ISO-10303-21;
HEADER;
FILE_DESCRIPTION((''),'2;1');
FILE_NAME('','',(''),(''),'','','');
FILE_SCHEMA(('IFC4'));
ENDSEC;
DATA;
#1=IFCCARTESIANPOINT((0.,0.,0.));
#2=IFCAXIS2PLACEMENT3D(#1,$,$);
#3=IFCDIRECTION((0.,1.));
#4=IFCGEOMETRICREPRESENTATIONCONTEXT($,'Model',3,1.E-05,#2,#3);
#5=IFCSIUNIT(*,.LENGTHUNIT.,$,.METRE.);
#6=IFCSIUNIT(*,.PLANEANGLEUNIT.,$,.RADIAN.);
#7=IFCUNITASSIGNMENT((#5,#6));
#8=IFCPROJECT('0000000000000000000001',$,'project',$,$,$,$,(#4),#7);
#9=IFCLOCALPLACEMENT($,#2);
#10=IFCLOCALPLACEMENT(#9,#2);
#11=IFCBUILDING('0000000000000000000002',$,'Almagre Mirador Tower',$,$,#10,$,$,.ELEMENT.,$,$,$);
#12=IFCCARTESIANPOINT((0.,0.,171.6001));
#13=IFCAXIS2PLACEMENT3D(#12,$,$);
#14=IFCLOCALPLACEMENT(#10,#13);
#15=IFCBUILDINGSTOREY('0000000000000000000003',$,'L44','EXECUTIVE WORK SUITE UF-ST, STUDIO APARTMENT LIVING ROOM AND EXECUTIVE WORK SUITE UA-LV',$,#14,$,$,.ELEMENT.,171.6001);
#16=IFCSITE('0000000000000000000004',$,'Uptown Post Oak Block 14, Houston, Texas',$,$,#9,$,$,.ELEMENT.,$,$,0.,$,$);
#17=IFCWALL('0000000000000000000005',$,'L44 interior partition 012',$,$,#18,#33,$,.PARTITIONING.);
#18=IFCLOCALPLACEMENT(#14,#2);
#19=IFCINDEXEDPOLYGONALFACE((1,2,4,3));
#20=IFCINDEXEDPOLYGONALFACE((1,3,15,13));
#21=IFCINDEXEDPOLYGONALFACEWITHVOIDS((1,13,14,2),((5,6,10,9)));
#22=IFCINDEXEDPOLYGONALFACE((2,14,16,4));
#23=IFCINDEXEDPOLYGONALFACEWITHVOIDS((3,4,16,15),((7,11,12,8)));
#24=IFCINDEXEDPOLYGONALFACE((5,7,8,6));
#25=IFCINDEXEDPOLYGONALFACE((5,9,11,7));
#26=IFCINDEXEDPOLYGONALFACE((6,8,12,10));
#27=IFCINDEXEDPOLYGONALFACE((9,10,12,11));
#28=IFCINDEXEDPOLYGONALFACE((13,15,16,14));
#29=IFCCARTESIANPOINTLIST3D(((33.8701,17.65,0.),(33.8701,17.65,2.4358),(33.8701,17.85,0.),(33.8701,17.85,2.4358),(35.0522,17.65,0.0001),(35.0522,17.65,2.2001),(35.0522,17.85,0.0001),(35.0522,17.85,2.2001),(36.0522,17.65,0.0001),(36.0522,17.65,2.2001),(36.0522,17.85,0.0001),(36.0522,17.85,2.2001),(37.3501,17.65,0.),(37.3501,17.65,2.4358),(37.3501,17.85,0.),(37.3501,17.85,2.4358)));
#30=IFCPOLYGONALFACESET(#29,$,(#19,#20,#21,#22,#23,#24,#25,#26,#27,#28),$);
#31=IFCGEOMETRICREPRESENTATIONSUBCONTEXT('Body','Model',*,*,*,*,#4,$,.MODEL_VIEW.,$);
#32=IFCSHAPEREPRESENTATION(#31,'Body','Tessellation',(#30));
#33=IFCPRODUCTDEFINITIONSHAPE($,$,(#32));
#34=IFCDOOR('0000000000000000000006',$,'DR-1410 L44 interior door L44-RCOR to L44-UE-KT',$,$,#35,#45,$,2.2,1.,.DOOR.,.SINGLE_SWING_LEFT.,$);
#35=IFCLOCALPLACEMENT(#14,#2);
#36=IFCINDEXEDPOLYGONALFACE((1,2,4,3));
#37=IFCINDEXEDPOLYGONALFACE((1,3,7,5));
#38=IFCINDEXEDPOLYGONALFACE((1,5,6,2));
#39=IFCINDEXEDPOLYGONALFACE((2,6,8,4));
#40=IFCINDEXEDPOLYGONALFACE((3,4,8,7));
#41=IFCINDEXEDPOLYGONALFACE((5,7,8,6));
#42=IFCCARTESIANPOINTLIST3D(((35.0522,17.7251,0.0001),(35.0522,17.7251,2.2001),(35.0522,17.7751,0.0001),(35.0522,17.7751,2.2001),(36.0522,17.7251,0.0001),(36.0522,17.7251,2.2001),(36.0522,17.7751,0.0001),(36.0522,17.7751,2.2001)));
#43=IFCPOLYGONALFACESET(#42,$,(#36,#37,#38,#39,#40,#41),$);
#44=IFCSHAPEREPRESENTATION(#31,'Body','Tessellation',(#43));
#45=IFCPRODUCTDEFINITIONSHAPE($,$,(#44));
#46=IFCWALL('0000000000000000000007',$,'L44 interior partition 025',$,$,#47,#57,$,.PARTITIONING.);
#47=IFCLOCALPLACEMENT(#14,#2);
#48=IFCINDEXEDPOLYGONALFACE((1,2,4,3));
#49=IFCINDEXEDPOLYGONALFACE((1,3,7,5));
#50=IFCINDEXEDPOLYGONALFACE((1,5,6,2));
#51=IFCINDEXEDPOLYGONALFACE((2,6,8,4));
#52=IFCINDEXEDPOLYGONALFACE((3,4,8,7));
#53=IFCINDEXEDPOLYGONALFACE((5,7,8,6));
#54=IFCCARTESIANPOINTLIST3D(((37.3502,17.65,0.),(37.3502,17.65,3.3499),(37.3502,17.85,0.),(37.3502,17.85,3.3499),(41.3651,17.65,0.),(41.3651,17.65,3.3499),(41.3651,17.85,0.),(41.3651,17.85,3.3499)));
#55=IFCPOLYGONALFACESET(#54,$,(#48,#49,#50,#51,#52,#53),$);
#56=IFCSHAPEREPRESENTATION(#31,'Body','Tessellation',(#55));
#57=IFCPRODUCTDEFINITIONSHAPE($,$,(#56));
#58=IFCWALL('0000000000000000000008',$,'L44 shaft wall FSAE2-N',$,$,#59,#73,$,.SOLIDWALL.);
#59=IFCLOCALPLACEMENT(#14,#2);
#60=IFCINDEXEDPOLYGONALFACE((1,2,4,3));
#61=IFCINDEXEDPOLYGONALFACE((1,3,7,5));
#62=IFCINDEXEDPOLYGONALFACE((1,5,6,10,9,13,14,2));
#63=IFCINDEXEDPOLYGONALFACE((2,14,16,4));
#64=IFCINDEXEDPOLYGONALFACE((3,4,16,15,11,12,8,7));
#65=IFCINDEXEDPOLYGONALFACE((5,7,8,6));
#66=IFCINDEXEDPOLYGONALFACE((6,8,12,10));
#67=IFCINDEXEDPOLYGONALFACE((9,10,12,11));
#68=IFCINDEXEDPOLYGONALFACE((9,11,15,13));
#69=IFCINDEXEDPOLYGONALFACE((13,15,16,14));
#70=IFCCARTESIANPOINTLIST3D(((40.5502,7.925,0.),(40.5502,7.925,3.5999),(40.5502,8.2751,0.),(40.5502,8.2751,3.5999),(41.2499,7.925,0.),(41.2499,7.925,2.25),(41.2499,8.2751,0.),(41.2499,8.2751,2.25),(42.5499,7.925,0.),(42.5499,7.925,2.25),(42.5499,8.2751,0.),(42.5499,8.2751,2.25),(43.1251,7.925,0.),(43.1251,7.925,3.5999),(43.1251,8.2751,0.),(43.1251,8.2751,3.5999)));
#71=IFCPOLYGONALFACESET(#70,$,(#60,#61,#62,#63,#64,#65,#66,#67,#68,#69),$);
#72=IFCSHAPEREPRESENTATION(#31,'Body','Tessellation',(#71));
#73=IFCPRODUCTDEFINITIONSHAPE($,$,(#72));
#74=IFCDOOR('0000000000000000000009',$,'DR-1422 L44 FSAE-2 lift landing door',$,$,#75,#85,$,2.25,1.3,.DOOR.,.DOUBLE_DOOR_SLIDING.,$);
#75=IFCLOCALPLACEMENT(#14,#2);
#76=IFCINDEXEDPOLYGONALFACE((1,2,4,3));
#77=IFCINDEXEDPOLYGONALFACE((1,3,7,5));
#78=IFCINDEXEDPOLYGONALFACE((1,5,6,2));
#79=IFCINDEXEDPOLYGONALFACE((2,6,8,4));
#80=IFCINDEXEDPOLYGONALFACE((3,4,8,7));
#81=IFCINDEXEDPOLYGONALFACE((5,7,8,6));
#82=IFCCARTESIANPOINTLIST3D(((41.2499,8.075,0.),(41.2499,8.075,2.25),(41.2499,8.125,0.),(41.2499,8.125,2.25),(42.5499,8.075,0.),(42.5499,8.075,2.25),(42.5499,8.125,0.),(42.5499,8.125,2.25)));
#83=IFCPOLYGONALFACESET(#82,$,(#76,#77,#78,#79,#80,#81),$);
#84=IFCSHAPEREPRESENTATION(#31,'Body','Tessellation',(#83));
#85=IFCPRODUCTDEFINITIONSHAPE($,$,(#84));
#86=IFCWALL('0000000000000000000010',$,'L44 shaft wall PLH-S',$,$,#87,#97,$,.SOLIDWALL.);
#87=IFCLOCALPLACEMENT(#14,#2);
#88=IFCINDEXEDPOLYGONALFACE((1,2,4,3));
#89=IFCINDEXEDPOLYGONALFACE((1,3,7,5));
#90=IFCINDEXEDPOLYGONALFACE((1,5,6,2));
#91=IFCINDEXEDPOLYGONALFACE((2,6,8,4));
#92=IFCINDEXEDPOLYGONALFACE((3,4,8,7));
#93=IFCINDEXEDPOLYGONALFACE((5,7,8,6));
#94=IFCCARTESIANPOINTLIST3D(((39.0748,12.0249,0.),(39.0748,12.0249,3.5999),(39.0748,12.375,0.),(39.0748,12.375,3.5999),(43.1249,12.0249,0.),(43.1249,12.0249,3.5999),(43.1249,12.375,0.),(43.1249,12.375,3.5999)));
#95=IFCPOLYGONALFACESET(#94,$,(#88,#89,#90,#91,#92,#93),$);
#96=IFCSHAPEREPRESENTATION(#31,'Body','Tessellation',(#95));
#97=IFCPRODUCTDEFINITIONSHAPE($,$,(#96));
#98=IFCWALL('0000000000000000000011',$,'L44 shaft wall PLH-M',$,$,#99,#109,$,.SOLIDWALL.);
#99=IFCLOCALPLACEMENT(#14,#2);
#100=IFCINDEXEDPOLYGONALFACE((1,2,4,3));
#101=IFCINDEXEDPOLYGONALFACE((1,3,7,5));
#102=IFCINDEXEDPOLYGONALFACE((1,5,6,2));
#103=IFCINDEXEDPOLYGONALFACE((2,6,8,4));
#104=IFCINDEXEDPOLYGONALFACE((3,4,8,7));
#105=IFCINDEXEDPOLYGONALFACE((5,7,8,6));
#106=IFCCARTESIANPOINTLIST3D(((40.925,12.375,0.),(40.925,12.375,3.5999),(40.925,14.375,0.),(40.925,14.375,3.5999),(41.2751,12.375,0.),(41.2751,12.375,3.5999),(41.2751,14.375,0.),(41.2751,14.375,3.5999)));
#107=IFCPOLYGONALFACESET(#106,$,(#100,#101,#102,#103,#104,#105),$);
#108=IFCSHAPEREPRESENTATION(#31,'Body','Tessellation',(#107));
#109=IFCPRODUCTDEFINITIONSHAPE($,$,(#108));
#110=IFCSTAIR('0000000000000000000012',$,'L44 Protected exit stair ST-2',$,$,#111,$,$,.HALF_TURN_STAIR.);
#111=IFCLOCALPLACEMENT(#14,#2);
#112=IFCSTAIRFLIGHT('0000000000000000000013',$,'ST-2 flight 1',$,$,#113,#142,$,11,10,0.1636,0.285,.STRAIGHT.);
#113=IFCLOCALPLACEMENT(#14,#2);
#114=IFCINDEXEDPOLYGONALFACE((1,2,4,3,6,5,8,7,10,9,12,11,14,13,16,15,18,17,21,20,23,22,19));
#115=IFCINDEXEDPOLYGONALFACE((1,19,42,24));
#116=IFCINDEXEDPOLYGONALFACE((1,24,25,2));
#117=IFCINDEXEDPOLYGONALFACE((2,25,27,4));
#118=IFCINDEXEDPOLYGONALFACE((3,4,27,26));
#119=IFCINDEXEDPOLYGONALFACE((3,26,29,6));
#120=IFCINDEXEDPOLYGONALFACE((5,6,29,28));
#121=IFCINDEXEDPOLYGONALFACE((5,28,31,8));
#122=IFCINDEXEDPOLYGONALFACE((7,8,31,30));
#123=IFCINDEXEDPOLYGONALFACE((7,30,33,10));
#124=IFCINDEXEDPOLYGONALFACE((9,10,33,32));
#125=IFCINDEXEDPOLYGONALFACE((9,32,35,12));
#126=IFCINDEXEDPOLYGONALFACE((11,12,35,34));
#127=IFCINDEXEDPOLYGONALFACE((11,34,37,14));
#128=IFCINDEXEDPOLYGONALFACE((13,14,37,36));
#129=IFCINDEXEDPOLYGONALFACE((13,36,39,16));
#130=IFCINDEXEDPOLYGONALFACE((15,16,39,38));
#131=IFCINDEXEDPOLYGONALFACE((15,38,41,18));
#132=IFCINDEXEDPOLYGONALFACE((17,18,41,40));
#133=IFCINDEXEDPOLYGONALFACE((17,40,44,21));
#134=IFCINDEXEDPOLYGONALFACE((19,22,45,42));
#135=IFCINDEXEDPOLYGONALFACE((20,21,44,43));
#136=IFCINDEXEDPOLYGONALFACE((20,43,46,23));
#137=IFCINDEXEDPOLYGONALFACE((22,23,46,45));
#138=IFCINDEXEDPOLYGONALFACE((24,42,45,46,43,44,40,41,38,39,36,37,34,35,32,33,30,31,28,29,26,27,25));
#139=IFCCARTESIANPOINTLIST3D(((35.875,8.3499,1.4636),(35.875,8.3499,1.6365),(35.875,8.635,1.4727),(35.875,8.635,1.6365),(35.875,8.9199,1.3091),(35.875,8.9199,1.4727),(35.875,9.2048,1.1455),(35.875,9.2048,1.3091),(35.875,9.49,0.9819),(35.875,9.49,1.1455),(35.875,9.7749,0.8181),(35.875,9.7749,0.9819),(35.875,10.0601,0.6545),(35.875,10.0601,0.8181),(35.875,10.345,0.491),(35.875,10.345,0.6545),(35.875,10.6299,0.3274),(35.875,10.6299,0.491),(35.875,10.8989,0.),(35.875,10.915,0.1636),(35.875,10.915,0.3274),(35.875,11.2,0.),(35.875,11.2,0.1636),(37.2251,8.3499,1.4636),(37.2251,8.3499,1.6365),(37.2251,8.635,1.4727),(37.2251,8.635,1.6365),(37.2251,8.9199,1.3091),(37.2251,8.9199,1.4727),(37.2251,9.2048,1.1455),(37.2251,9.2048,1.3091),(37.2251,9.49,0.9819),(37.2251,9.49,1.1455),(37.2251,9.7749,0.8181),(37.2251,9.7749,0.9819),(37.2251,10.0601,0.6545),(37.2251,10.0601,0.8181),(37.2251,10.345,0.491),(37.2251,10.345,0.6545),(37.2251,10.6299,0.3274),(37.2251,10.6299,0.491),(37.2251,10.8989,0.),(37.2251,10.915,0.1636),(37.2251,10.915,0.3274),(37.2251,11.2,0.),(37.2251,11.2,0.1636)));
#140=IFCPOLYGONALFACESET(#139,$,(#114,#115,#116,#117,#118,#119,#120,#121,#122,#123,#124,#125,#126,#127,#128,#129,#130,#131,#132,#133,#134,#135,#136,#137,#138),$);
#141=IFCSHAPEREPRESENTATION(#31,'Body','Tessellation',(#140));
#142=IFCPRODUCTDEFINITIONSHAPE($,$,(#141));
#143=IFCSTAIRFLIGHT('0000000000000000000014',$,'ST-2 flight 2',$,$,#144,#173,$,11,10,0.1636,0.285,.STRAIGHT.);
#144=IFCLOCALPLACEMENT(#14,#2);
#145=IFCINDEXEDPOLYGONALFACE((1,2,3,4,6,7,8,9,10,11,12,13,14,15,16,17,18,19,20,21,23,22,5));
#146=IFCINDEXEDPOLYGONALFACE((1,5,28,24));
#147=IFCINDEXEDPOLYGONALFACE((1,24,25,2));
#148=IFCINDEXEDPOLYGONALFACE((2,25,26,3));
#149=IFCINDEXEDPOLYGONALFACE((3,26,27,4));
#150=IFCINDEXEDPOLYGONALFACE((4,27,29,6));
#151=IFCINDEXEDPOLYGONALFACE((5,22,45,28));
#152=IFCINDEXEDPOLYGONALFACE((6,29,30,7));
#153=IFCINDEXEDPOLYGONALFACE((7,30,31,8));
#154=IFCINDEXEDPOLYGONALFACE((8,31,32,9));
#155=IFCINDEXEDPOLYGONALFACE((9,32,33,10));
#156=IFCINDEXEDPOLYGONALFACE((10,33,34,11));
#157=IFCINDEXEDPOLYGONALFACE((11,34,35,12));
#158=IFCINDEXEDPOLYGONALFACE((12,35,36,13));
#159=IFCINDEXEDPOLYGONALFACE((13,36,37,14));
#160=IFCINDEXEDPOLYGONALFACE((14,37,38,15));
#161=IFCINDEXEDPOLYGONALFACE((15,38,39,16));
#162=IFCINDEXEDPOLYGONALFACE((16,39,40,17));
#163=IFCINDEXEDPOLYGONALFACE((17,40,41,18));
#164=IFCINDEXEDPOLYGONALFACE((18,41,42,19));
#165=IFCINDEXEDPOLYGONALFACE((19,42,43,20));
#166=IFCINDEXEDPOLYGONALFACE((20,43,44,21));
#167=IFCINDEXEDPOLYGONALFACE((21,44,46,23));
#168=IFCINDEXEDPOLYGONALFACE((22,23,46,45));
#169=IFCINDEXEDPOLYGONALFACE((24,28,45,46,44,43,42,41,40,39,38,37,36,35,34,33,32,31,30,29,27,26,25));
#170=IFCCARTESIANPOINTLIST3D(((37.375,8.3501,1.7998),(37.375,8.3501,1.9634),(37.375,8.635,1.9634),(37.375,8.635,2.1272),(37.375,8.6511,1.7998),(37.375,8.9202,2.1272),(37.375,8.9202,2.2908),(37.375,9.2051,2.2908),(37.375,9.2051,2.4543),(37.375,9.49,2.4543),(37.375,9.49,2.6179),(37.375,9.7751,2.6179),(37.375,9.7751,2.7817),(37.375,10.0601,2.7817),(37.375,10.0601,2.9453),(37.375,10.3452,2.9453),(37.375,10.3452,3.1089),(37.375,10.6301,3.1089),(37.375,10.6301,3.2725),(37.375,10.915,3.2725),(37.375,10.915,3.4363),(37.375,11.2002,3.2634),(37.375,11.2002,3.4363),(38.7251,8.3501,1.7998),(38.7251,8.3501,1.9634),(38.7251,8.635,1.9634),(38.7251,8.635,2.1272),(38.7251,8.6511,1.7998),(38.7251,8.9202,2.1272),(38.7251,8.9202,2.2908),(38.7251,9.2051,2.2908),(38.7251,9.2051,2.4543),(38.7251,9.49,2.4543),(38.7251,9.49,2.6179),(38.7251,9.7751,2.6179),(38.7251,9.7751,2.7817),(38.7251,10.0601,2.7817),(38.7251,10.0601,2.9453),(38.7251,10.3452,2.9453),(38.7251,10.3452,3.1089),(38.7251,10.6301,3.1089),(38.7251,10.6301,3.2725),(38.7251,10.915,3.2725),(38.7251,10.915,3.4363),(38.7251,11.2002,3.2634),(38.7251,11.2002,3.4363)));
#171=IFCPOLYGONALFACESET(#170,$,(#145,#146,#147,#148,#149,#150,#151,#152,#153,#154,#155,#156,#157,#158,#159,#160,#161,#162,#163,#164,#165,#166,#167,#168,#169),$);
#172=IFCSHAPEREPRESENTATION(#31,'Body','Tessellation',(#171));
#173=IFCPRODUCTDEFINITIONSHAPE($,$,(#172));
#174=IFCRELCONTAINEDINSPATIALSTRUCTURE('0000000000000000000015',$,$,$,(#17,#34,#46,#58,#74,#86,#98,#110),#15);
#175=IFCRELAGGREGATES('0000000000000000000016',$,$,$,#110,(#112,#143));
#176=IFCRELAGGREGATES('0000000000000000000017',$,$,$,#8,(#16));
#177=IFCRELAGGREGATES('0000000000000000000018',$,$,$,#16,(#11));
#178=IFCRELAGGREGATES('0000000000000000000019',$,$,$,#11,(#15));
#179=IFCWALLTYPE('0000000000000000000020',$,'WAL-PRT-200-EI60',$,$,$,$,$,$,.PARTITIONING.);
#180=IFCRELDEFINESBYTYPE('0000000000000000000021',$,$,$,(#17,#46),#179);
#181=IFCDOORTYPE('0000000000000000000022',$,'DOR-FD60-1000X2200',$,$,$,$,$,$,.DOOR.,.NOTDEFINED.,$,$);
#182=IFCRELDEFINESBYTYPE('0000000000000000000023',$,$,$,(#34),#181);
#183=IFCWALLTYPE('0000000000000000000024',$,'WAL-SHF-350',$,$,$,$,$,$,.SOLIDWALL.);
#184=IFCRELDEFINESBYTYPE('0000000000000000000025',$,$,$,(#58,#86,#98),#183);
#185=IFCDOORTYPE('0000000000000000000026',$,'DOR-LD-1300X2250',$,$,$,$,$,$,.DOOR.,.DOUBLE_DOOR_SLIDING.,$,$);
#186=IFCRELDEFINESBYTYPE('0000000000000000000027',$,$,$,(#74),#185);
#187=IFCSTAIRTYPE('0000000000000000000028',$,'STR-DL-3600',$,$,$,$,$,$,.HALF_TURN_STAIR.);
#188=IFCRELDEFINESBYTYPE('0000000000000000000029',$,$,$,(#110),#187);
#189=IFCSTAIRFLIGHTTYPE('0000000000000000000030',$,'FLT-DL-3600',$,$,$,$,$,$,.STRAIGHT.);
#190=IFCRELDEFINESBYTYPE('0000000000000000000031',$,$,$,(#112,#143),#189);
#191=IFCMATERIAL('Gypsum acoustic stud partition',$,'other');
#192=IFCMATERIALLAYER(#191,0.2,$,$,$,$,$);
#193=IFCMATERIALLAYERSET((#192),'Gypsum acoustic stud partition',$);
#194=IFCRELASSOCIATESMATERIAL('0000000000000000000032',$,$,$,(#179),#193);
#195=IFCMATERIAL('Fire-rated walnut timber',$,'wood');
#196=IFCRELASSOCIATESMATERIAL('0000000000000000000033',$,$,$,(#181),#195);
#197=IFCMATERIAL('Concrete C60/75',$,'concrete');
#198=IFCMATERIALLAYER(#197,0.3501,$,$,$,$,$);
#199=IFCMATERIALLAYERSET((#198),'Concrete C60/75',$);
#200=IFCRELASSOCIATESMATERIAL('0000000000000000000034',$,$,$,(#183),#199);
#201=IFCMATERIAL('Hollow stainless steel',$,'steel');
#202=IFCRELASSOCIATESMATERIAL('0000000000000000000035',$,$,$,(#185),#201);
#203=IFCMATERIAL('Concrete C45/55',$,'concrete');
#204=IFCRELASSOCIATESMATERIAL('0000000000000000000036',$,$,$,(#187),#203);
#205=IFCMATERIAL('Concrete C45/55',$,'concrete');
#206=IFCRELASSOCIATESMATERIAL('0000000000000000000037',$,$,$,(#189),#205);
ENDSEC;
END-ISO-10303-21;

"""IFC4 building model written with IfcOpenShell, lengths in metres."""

from ifc_helpers import new_model, si_unit, direction, frame, frame_2d, origin, place, context, subcontext, project, spatial, polyline, rectangle, outline, extrude, material, layer, layer_set, type_object, element, fill, aggregate, save


model = new_model("IFC4")

# Units and contexts
model_context = context("Model", 3, precision=1e-05, world=origin(), true_north=direction((0.0, 1.0)))
body_context = subcontext(model_context, "Body", "Model", "MODEL_VIEW")
ifc_project = project(units=[si_unit("LENGTHUNIT", "METRE"), si_unit("PLANEANGLEUNIT", "RADIAN")], contexts=[model_context])

# Site, building, storey
site_placement = place(None, origin())
site = spatial("IfcSite", under=ifc_project, at=site_placement, Name="Uptown Post Oak Block 14, Houston, Texas", CompositionType="ELEMENT", RefElevation=0.0)
building_placement = place(site_placement, origin())
building = spatial("IfcBuilding", under=site, at=building_placement, Name="Almagre Mirador Tower", CompositionType="ELEMENT")
storey_placement = place(building_placement, frame((0.0, 0.0, 171.6001)))
storey = spatial("IfcBuildingStorey", under=building, at=storey_placement, Name="L44", Description="EXECUTIVE WORK SUITE UF-ST, STUDIO APARTMENT LIVING ROOM AND EXECUTIVE WORK SUITE UA-LV", CompositionType="ELEMENT", Elevation=171.6001)

# Wall, opening, door
ifc_material_1 = material(Name="Gypsum acoustic stud partition", Category="other")
ifc_layer_1 = layer(ifc_material_1, 0.2)
ifc_layer_set_1 = layer_set([ifc_layer_1], Name="Gypsum acoustic stud partition")
wall_type_1 = type_object("IfcWallType", Name="WAL-PRT-200-EI60", PredefinedType="PARTITIONING", material=ifc_layer_set_1)
wall_1_placement = place(storey_placement, frame((37.3501, 17.75, 0.0), z_axis=(0.0, 0.0, 1.0), x_axis=(-1.0, 0.0, 0.0)))
wall_1 = element("IfcWall", 1, at=wall_1_placement, inside=storey, type_object=wall_type_1, Name="L44 interior partition 012", PredefinedType="PARTITIONING", context=body_context, shape_type="SweptSolid", body=[
    extrude(rectangle(XDim=3.48, YDim=0.2, at=frame_2d((1.74, 0.0))), origin(), (0.0, 0.0, 1.0), 2.4358),
])
opening_1_placement = place(wall_1_placement, frame((1.2979, 0.0, 0.0)))
opening_1 = element("IfcOpeningElement", 2, at=opening_1_placement, cuts=wall_1, PredefinedType="OPENING", context=body_context, shape_type="SweptSolid", body=[
    extrude(rectangle(XDim=1.0, YDim=2.2, at=frame_2d((0.5, 1.1001))), frame((0.0, 0.1101, 0.0), z_axis=(0.0, -1.0, 0.0), x_axis=(1.0, 0.0, 0.0)), (0.0, 0.0, 1.0), 0.22),
])
ifc_material_2 = material(Name="Fire-rated walnut timber", Category="wood")
door_type_1 = type_object("IfcDoorType", Name="DOR-FD60-1000X2200", OperationType="NOTDEFINED", PredefinedType="DOOR", material=ifc_material_2)
door_1_placement = place(opening_1_placement, origin())
door_1 = element("IfcDoor", 3, at=door_1_placement, inside=storey, type_object=door_type_1, Name="DR-1410 L44 interior door L44-RCOR to L44-UE-KT", OperationType="SINGLE_SWING_LEFT", OverallHeight=2.2, OverallWidth=1.0, PredefinedType="DOOR", context=body_context, shape_type="SweptSolid", body=[
    extrude(rectangle(XDim=1.0, YDim=2.2, at=frame_2d((0.5, 1.1001))), frame((0.0, 0.0249, 0.0), z_axis=(0.0, -1.0, 0.0), x_axis=(1.0, 0.0, 0.0)), (0.0, 0.0, 1.0), 0.05),
])
fill(opening_1, door_1)

# Wall
wall_2_placement = place(storey_placement, frame((41.365, 17.75, 0.0), z_axis=(0.0, 0.0, 1.0), x_axis=(-1.0, 0.0, 0.0)))
element("IfcWall", 4, at=wall_2_placement, inside=storey, type_object=wall_type_1, Name="L44 interior partition 025", PredefinedType="PARTITIONING", context=body_context, shape_type="SweptSolid", body=[
    extrude(rectangle(XDim=4.0149, YDim=0.2, at=frame_2d((2.0073, 0.0))), origin(), (0.0, 0.0, 1.0), 3.3499),
])

# Wall, opening, door
ifc_material_3 = material(Name="Concrete C60/75", Category="concrete")
ifc_layer_2 = layer(ifc_material_3, 0.3501)
ifc_layer_set_2 = layer_set([ifc_layer_2], Name="Concrete C60/75")
wall_type_2 = type_object("IfcWallType", Name="WAL-SHF-350", PredefinedType="SOLIDWALL", material=ifc_layer_set_2)
wall_3_placement = place(storey_placement, frame((40.55, 8.1001, 0.0), z_axis=(0.0, 0.0, 1.0), x_axis=(1.0, 0.0, 0.0)))
wall_3 = element("IfcWall", 5, at=wall_3_placement, inside=storey, type_object=wall_type_2, Name="L44 shaft wall FSAE2-N", PredefinedType="SOLIDWALL", context=body_context, shape_type="SweptSolid", body=[
    extrude(rectangle(XDim=2.575, YDim=0.3501, at=frame_2d((1.2876, 0.0))), origin(), (0.0, 0.0, 1.0), 3.5999),
])
opening_2_placement = place(wall_3_placement, frame((0.7, 0.0, 0.0)))
opening_2 = element("IfcOpeningElement", 6, at=opening_2_placement, cuts=wall_3, PredefinedType="OPENING", context=body_context, shape_type="SweptSolid", body=[
    extrude(rectangle(XDim=1.3, YDim=2.25, at=frame_2d((0.6499, 1.125))), frame((0.0, 0.185, 0.0), z_axis=(0.0, -1.0, 0.0), x_axis=(1.0, 0.0, 0.0)), (0.0, 0.0, 1.0), 0.3701),
])
ifc_material_4 = material(Name="Hollow stainless steel", Category="steel")
door_type_2 = type_object("IfcDoorType", Name="DOR-LD-1300X2250", OperationType="DOUBLE_DOOR_SLIDING", PredefinedType="DOOR", material=ifc_material_4)
door_2_placement = place(opening_2_placement, origin())
door_2 = element("IfcDoor", 7, at=door_2_placement, inside=storey, type_object=door_type_2, Name="DR-1422 L44 FSAE-2 lift landing door", OperationType="DOUBLE_DOOR_SLIDING", OverallHeight=2.25, OverallWidth=1.3, PredefinedType="DOOR", context=body_context, shape_type="SweptSolid", body=[
    extrude(rectangle(XDim=1.3, YDim=2.25, at=frame_2d((0.6499, 1.125))), frame((0.0, 0.0249, 0.0), z_axis=(0.0, -1.0, 0.0), x_axis=(1.0, 0.0, 0.0)), (0.0, 0.0, 1.0), 0.05),
])
fill(opening_2, door_2)

# Walls
wall_4_placement = place(storey_placement, frame((39.075, 12.2, 0.0), z_axis=(0.0, 0.0, 1.0), x_axis=(1.0, 0.0, 0.0)))
element("IfcWall", 8, at=wall_4_placement, inside=storey, type_object=wall_type_2, Name="L44 shaft wall PLH-S", PredefinedType="SOLIDWALL", context=body_context, shape_type="SweptSolid", body=[
    extrude(rectangle(XDim=4.05, YDim=0.3501, at=frame_2d((2.0249, 0.0))), origin(), (0.0, 0.0, 1.0), 3.5999),
])
wall_5_placement = place(storey_placement, frame((41.1001, 12.375, 0.0), z_axis=(0.0, 0.0, 1.0), x_axis=(0.0, 1.0, 0.0)))
element("IfcWall", 9, at=wall_5_placement, inside=storey, type_object=wall_type_2, Name="L44 shaft wall PLH-M", PredefinedType="SOLIDWALL", context=body_context, shape_type="SweptSolid", body=[
    extrude(rectangle(XDim=2.0, YDim=0.3501, at=frame_2d((1.0, 0.0))), origin(), (0.0, 0.0, 1.0), 3.5999),
])

# Stair, stair flights
ifc_material_5 = material(Name="Concrete C45/55", Category="concrete")
stair_type = type_object("IfcStairType", Name="STR-DL-3600", PredefinedType="HALF_TURN_STAIR", material=ifc_material_5)
stair_1_placement = place(storey_placement, origin())
stair_1 = element("IfcStair", 10, at=stair_1_placement, inside=storey, type_object=stair_type, Name="L44 Protected exit stair ST-2", PredefinedType="HALF_TURN_STAIR")
ifc_material_6 = material(Name="Concrete C45/55", Category="concrete")
stair_flight_type = type_object("IfcStairFlightType", Name="FLT-DL-3600", PredefinedType="STRAIGHT", material=ifc_material_6)
stair_flight_1_placement = place(storey_placement, frame((36.55, 11.2, 0.0), z_axis=(0.0, 0.0, 1.0), x_axis=(0.0, -1.0, 0.0)))
stair_flight_1 = element("IfcStairFlight", 11, at=stair_flight_1_placement, type_object=stair_flight_type, Name="ST-2 flight 1", NumberOfRisers=11, NumberOfTreads=10, PredefinedType="STRAIGHT", RiserHeight=0.1636, TreadLength=0.285, context=body_context, shape_type="SweptSolid", body=[
    extrude(outline(polyline([(0.0, 0.0), (0.0, 0.1636), (0.2849, 0.1636), (0.2849, 0.3274), (0.5701, 0.3274), (0.5701, 0.491), (0.855, 0.491), (0.855, 0.6545), (1.1399, 0.6545), (1.1399, 0.8181), (1.425, 0.8181), (1.425, 0.9819), (1.71, 0.9819), (1.71, 1.1455), (1.9951, 1.1455), (1.9951, 1.3091), (2.28, 1.3091), (2.28, 1.4727), (2.5649, 1.4727), (2.5649, 1.6365), (2.8501, 1.6365), (2.8501, 1.8), (2.8501, 1.4636), (0.301, 0.0), (0.0, 0.0)])), frame((0.0, 0.675, 0.0), z_axis=(0.0, -1.0, 0.0), x_axis=(1.0, 0.0, 0.0)), (0.0, 0.0, 1.0), 1.3501),
])
stair_flight_2_placement = place(storey_placement, frame((38.05, 8.3501, 1.7998), z_axis=(0.0, 0.0, 1.0), x_axis=(0.0, 1.0, 0.0)))
stair_flight_2 = element("IfcStairFlight", 12, at=stair_flight_2_placement, type_object=stair_flight_type, Name="ST-2 flight 2", NumberOfRisers=11, NumberOfTreads=10, PredefinedType="STRAIGHT", RiserHeight=0.1636, TreadLength=0.285, context=body_context, shape_type="SweptSolid", body=[
    extrude(outline(polyline([(0.0, 0.0), (0.0, 0.1636), (0.2849, 0.1636), (0.2849, 0.3274), (0.5701, 0.3274), (0.5701, 0.491), (0.855, 0.491), (0.855, 0.6545), (1.1399, 0.6545), (1.1399, 0.8181), (1.425, 0.8181), (1.425, 0.9819), (1.71, 0.9819), (1.71, 1.1455), (1.9951, 1.1455), (1.9951, 1.3091), (2.28, 1.3091), (2.28, 1.4727), (2.5649, 1.4727), (2.5649, 1.6365), (2.8501, 1.6365), (2.8501, 1.8), (2.8501, 1.4636), (0.301, 0.0), (0.0, 0.0)])), frame((0.0, 0.675, 0.0), z_axis=(0.0, -1.0, 0.0), x_axis=(1.0, 0.0, 0.0)), (0.0, 0.0, 1.0), 1.3501),
])
aggregate(stair_1, [stair_flight_1, stair_flight_2])

save(model, "model.ifc")
